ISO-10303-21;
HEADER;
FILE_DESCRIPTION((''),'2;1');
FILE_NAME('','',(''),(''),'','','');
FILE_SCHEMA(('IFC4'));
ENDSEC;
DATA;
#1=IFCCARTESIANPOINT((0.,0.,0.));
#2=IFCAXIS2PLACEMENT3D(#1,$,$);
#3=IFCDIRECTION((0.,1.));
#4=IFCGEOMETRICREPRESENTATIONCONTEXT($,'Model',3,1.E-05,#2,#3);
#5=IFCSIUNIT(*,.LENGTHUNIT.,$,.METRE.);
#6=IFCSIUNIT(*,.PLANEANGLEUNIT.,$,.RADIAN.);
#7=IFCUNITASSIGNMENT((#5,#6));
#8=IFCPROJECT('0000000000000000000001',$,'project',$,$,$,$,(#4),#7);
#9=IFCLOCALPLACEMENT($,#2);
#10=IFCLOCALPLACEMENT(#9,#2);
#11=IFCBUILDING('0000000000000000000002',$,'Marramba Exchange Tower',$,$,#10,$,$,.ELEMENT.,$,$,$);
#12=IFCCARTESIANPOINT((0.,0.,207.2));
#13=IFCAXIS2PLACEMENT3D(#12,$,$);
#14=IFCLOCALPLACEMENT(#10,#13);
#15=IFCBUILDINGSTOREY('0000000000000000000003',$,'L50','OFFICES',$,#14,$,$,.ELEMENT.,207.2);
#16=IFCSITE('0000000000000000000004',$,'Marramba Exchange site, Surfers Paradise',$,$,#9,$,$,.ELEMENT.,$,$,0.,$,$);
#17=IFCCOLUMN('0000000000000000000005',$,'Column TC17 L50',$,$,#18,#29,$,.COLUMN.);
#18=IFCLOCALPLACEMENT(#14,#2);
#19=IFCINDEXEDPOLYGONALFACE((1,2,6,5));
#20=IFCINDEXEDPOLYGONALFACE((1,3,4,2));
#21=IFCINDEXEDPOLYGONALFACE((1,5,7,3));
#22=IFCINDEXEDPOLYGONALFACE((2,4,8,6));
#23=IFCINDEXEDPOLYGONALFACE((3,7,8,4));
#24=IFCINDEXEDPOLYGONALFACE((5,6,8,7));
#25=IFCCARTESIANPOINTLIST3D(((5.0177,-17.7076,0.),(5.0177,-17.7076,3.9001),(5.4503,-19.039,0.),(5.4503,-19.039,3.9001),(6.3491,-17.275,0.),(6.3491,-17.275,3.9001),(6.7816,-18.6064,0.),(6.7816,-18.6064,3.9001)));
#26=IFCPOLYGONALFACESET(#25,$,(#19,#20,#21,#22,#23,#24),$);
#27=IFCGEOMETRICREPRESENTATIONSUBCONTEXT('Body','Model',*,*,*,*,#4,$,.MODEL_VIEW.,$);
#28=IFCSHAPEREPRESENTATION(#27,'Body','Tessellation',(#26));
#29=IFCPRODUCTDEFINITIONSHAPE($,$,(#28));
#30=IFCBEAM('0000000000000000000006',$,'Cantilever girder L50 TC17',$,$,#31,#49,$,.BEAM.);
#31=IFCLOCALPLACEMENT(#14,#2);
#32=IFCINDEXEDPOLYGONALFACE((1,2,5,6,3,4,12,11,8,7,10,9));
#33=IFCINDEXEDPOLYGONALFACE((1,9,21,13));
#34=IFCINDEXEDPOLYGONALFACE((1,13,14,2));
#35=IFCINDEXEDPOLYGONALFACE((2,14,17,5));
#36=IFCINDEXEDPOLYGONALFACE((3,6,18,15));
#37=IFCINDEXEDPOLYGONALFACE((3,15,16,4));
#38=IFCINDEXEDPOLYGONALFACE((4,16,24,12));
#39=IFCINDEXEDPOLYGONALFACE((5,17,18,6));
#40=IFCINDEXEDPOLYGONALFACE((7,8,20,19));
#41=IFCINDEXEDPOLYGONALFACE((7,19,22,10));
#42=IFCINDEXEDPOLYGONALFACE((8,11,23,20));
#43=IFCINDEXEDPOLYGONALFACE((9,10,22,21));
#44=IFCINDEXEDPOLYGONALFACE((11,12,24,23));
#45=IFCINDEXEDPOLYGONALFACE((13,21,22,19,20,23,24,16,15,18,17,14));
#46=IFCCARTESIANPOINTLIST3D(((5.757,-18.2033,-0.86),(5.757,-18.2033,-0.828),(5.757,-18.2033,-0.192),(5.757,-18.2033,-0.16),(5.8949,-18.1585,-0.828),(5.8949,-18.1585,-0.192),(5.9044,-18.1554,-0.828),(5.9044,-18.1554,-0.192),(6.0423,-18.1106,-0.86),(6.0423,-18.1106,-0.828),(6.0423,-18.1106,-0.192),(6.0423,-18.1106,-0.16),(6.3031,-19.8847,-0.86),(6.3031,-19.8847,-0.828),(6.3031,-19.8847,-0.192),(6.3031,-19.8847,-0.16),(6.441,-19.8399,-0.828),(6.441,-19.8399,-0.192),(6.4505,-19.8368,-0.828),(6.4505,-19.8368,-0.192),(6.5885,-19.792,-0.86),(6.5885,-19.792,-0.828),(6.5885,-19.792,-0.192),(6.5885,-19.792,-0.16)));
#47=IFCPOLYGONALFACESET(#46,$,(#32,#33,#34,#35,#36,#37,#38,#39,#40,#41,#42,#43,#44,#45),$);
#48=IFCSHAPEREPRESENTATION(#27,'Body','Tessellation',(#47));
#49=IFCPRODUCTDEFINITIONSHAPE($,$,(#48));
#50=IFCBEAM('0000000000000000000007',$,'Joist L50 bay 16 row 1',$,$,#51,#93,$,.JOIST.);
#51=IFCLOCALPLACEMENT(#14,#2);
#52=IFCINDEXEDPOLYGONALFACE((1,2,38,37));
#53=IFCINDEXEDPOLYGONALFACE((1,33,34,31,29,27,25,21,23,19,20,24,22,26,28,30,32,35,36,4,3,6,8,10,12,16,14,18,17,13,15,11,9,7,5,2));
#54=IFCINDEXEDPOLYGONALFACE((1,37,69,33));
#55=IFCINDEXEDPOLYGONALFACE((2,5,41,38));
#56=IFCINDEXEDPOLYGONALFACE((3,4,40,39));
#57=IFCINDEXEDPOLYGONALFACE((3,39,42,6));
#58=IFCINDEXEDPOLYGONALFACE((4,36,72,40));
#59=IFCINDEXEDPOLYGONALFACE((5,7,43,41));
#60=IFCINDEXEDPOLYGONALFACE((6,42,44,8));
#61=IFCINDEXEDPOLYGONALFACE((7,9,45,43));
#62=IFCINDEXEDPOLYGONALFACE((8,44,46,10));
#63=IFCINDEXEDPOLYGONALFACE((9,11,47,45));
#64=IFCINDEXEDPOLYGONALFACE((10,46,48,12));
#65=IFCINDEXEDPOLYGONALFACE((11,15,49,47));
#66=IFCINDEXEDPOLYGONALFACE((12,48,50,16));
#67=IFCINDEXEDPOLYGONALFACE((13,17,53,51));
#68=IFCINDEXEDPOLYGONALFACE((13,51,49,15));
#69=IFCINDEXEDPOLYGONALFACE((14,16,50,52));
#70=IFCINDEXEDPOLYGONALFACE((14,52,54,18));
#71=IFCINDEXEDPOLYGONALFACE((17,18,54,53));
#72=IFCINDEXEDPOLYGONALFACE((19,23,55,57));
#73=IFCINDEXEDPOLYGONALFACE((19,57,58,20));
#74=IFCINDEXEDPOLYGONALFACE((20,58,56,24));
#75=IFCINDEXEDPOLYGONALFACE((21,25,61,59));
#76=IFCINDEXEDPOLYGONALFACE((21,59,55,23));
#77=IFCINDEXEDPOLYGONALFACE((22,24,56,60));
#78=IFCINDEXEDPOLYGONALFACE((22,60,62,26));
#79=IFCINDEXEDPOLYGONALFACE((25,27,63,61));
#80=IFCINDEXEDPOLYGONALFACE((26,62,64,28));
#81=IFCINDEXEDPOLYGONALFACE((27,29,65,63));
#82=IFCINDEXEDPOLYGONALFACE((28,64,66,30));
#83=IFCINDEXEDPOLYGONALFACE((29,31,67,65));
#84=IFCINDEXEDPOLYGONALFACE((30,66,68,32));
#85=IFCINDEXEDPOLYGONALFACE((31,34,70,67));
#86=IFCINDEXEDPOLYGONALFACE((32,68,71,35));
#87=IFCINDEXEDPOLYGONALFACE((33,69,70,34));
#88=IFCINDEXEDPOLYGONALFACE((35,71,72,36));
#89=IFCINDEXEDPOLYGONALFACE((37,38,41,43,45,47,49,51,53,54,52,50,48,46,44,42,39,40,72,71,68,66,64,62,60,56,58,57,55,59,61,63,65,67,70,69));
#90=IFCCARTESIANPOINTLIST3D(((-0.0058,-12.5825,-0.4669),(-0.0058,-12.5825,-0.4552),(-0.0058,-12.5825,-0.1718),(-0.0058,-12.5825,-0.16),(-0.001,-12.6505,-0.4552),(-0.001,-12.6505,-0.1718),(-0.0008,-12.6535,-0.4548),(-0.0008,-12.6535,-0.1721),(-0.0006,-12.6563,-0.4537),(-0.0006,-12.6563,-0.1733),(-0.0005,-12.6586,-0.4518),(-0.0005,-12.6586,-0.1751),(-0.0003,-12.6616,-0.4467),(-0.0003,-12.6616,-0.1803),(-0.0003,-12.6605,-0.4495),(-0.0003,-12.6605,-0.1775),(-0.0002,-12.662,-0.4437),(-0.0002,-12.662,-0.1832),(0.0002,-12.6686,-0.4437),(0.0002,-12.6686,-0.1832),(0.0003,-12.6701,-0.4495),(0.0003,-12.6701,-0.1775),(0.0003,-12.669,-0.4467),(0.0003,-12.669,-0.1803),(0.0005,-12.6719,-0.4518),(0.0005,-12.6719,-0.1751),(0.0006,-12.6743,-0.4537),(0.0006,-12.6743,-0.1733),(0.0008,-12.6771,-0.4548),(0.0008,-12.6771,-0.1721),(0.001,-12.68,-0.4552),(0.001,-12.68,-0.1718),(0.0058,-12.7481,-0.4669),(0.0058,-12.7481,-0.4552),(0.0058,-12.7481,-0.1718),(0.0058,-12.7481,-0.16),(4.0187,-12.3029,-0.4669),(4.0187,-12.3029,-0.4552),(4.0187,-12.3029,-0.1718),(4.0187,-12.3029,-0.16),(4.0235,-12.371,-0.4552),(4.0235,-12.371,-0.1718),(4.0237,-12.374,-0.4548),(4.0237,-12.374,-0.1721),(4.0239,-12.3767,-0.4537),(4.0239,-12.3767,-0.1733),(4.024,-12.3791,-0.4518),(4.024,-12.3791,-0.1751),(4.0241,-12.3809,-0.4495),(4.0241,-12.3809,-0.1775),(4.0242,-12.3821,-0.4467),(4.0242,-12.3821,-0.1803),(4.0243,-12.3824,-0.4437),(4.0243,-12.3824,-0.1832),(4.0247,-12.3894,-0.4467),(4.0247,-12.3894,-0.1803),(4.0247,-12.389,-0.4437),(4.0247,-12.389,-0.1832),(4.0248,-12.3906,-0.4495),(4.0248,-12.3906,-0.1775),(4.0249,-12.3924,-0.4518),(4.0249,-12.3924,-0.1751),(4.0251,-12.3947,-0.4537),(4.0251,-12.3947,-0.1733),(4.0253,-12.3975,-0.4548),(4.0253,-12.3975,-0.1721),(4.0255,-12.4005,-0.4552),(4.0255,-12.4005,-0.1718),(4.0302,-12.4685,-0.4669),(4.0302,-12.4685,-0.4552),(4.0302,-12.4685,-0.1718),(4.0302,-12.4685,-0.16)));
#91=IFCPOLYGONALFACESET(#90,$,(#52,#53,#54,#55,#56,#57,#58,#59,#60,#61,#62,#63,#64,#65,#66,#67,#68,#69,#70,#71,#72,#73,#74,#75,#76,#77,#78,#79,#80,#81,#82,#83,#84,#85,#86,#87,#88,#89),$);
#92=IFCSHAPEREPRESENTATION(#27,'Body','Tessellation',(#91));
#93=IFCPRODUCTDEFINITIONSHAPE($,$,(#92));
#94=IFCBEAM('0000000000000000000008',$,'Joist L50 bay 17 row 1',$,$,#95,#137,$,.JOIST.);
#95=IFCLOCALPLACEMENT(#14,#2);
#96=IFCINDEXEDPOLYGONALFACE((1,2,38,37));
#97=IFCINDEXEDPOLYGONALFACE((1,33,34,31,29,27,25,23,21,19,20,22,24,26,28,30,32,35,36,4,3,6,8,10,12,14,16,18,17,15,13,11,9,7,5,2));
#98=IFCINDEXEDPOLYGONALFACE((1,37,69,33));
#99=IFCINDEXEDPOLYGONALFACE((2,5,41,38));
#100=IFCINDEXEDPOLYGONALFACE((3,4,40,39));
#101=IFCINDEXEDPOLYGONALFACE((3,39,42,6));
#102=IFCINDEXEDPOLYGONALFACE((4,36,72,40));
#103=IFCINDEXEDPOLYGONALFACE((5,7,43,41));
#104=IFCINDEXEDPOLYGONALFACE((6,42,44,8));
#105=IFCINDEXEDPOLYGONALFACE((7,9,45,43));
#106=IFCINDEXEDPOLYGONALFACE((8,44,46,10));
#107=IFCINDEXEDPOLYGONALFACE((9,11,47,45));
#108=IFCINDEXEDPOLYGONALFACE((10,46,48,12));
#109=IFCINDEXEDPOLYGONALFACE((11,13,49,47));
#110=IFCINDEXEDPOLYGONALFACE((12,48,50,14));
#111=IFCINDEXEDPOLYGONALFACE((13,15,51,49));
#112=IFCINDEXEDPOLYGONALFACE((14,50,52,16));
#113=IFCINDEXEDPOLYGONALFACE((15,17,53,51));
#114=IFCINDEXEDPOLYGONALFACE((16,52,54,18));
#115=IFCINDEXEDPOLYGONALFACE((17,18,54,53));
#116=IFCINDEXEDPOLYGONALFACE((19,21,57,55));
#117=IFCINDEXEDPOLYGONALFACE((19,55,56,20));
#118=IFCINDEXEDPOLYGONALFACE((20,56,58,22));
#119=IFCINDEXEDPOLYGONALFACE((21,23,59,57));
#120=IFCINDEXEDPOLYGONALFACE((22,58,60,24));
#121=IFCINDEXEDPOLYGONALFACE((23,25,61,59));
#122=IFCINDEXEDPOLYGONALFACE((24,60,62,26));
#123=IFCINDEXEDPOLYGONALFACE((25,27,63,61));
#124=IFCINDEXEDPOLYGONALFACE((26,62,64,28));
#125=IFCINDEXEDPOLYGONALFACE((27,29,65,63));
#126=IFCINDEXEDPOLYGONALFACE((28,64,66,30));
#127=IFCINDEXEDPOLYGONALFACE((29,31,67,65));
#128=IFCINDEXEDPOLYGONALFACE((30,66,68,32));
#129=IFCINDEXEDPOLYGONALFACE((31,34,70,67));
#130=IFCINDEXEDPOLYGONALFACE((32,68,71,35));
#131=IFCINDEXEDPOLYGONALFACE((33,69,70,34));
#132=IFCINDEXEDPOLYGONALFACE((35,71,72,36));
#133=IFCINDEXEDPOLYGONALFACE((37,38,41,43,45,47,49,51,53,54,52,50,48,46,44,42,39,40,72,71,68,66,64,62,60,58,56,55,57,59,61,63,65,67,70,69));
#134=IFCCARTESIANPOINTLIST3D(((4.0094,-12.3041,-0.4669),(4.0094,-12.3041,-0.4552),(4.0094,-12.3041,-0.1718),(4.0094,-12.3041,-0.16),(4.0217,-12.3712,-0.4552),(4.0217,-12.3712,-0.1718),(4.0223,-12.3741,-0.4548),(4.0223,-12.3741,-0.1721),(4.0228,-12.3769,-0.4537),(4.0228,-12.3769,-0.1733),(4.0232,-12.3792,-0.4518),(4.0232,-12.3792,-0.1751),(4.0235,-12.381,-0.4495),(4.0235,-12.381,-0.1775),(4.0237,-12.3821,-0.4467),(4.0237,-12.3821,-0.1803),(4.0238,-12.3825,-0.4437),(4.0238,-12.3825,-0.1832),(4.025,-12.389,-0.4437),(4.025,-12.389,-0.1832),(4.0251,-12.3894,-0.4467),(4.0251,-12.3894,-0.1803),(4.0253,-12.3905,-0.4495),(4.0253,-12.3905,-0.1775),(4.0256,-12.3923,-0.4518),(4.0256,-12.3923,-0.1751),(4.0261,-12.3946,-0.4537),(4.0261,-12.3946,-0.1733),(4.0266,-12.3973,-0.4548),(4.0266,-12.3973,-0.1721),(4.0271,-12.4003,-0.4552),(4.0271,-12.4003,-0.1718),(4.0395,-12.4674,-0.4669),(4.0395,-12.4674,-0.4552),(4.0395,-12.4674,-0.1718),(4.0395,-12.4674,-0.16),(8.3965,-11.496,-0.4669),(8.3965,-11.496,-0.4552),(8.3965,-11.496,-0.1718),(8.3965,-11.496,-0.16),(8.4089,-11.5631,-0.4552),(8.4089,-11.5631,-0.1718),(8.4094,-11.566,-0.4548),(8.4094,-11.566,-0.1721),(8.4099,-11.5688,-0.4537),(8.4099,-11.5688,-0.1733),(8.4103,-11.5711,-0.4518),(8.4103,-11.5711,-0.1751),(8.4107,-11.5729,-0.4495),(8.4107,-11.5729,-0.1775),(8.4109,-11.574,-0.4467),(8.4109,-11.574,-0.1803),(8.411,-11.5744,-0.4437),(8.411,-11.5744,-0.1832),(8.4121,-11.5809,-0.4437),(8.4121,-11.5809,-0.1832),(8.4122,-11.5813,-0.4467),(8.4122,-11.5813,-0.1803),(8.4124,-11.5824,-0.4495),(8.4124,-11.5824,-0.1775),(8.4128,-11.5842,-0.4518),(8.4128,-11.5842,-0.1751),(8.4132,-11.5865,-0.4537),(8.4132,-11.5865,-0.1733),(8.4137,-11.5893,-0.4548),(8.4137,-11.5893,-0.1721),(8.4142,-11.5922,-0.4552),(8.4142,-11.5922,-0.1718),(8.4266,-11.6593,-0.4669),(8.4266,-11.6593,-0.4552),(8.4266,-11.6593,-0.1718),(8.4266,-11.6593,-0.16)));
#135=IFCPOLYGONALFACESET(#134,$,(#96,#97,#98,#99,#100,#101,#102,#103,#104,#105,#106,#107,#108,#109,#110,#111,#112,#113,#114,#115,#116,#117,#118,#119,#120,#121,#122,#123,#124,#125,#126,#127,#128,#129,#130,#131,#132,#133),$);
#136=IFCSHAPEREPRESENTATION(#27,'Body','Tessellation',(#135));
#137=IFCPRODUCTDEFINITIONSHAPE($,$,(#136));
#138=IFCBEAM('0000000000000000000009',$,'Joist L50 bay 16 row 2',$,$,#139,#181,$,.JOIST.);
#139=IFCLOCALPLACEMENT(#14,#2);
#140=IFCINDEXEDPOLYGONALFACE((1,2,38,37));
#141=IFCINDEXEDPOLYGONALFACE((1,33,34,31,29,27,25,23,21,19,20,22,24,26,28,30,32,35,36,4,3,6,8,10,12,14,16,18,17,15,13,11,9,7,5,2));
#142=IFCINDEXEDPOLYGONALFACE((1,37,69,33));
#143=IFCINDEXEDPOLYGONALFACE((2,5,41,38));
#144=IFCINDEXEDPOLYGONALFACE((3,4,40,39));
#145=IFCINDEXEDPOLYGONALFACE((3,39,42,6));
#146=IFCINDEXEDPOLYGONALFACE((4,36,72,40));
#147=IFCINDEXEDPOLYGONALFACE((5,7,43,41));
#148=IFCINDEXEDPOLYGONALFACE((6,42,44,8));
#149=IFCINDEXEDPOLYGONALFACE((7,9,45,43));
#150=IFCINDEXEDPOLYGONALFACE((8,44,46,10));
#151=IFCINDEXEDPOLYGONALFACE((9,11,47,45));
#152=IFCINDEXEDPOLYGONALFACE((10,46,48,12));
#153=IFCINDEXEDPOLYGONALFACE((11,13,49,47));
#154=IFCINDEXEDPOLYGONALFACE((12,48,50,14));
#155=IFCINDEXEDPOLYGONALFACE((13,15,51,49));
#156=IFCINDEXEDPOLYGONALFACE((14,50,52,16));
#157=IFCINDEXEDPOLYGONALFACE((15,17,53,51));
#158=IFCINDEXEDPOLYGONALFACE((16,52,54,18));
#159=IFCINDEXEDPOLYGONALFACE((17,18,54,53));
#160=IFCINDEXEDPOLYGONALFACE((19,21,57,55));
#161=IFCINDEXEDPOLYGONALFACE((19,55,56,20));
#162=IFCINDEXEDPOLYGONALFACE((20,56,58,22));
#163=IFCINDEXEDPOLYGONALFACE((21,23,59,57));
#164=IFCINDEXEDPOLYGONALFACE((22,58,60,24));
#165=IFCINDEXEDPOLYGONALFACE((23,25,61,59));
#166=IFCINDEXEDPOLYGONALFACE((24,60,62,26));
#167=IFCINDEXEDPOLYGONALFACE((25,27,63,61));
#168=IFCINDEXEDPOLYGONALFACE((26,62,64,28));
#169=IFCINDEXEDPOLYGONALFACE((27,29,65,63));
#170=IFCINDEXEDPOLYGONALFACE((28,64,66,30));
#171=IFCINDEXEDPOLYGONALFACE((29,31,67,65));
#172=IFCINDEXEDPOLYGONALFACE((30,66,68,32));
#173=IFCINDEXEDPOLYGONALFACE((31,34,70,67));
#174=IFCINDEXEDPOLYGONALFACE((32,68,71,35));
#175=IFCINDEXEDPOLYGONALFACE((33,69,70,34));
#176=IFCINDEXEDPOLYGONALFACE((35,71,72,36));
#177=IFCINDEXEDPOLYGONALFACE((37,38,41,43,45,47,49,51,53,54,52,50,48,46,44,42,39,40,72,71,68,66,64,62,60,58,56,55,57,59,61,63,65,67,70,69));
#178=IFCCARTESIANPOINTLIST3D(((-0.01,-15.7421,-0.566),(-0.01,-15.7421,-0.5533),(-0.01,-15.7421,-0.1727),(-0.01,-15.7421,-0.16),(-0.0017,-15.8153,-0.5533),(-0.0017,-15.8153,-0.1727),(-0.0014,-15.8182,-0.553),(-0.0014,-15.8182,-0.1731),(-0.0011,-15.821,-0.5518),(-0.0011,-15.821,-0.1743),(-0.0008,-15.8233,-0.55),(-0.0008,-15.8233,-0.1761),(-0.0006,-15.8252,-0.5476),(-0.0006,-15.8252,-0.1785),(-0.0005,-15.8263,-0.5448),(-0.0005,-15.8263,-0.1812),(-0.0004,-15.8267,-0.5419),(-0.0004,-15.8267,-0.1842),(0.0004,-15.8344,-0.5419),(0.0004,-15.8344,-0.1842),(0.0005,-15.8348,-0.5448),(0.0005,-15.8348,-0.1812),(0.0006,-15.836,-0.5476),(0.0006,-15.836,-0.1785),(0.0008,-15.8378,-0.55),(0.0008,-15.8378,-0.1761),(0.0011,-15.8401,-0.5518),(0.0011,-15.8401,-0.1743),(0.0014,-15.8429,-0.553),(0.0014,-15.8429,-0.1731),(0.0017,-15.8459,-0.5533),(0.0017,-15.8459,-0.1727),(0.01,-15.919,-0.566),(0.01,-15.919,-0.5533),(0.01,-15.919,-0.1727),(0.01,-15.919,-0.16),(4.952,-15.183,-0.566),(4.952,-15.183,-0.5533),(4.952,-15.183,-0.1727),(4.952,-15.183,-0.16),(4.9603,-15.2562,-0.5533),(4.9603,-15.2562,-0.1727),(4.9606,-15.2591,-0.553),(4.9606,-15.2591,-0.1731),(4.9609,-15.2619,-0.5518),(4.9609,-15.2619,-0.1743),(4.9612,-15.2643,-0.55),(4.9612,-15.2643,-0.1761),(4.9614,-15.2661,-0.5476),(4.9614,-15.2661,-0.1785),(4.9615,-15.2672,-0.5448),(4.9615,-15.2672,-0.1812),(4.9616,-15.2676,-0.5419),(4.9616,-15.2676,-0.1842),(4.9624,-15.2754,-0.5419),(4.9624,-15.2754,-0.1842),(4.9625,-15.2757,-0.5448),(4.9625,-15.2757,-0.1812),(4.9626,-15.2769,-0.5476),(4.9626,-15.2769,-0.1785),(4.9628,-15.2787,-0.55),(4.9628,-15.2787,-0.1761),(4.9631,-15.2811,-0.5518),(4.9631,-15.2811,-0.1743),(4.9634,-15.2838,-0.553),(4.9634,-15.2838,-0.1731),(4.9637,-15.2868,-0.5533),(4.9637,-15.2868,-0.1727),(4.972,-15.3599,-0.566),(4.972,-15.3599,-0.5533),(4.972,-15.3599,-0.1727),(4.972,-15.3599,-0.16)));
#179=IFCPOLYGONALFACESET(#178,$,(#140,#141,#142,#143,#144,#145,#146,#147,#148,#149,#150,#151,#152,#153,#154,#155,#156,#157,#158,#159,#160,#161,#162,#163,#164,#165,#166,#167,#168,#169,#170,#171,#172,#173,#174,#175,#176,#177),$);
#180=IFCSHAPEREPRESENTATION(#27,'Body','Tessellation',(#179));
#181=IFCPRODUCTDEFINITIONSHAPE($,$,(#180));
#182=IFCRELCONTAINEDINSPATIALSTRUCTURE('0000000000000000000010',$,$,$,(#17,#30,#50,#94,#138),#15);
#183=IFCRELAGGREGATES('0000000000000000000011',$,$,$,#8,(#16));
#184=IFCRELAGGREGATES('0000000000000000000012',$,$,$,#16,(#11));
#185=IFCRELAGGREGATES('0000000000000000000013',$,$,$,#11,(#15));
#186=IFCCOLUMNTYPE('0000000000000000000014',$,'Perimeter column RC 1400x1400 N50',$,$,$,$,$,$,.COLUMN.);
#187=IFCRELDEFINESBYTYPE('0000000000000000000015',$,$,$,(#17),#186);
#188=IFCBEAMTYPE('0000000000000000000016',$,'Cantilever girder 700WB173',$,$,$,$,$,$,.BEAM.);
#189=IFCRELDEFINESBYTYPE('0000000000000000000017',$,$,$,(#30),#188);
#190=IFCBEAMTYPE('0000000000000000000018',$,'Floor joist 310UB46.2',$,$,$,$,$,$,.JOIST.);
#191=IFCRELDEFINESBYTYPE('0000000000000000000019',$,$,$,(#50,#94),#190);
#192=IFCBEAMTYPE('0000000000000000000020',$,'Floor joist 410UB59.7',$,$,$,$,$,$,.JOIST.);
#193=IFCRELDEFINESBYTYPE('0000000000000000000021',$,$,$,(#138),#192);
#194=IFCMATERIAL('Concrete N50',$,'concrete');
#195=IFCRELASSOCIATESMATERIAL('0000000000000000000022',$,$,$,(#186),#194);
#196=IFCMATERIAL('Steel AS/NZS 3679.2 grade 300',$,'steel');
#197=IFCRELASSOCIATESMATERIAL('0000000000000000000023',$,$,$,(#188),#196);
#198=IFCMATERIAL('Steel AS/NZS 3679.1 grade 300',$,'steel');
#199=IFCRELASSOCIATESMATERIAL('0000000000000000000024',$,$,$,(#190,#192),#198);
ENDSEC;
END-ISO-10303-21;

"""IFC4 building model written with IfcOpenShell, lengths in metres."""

from ifc_helpers import new_model, si_unit, direction, frame, origin, origin_2d, place, context, subcontext, project, spatial, rectangle, i_section, extrude, material, material_profile, profile_set, type_object, element, save


model = new_model("IFC4")

# Units and contexts
model_context = context("Model", 3, precision=1e-05, world=origin(), true_north=direction((0.0, 1.0)))
body_context = subcontext(model_context, "Body", "Model", "MODEL_VIEW")
ifc_project = project(units=[si_unit("LENGTHUNIT", "METRE"), si_unit("PLANEANGLEUNIT", "RADIAN")], contexts=[model_context])

# Site, building, storey
site_placement = place(None, origin())
site = spatial("IfcSite", under=ifc_project, at=site_placement, Name="Marramba Exchange site, Surfers Paradise", CompositionType="ELEMENT", RefElevation=0.0)
building_placement = place(site_placement, origin())
building = spatial("IfcBuilding", under=site, at=building_placement, Name="Marramba Exchange Tower", CompositionType="ELEMENT")
storey_placement = place(building_placement, frame((0.0, 0.0, 207.2)))
storey = spatial("IfcBuildingStorey", under=building, at=storey_placement, Name="L50", Description="OFFICES", CompositionType="ELEMENT", Elevation=207.2)

# Column
ifc_material_1 = material(Name="Concrete N50", Category="concrete")
ifc_material_profile_1 = material_profile(ifc_material_1, rectangle(XDim=1.3999, YDim=1.3999, at=origin_2d()), Name="RC 1400x1400")
ifc_profile_set_1 = profile_set([ifc_material_profile_1], Name="Concrete N50")
column_type = type_object("IfcColumnType", Name="Perimeter column RC 1400x1400 N50", PredefinedType="COLUMN", material=ifc_profile_set_1)
column_placement = place(storey_placement, frame((5.8997, -18.157, 0.0), z_axis=(0.0, 0.0, 1.0), x_axis=(0.309017, -0.951057, 0.0)))
element("IfcColumn", 1, at=column_placement, inside=storey, type_object=column_type, Name="Column TC17 L50", PredefinedType="COLUMN", context=body_context, shape_type="SweptSolid", body=[
    extrude(rectangle(XDim=1.3999, YDim=1.3999, at=origin_2d()), origin(), (0.0, 0.0, 1.0), 3.9001),
])

# Beams
ifc_material_2 = material(Name="Steel AS/NZS 3679.2 grade 300", Category="steel")
ifc_material_profile_2 = material_profile(ifc_material_2, i_section(OverallWidth=0.3, OverallDepth=0.7, WebThickness=0.01, FlangeThickness=0.032, at=origin_2d()), Name="700WB173")
ifc_profile_set_2 = profile_set([ifc_material_profile_2], Name="Steel AS/NZS 3679.2 grade 300")
beam_type_1 = type_object("IfcBeamType", Name="Cantilever girder 700WB173", PredefinedType="BEAM", material=ifc_profile_set_2)
beam_1_placement = place(storey_placement, frame((5.8997, -18.157, -0.51), z_axis=(0.308927, -0.951086, 0.0), x_axis=(0.951086, 0.308927, 0.0)))
element("IfcBeam", 2, at=beam_1_placement, inside=storey, type_object=beam_type_1, Name="Cantilever girder L50 TC17", PredefinedType="BEAM", context=body_context, shape_type="SweptSolid", body=[
    extrude(i_section(OverallWidth=0.3, OverallDepth=0.7, WebThickness=0.01, FlangeThickness=0.032, at=origin_2d()), origin(), (0.0, 0.0, 1.0), 1.7678),
])
ifc_material_3 = material(Name="Steel AS/NZS 3679.1 grade 300", Category="steel")
ifc_material_profile_3 = material_profile(ifc_material_3, i_section(OverallWidth=0.166, OverallDepth=0.3069, WebThickness=0.0066, FlangeThickness=0.0117, FilletRadius=0.0115, at=origin_2d()), Name="310UB46.2")
ifc_profile_set_3 = profile_set([ifc_material_profile_3], Name="Steel AS/NZS 3679.1 grade 300")
beam_type_2 = type_object("IfcBeamType", Name="Floor joist 310UB46.2", PredefinedType="JOIST", material=ifc_profile_set_3)
beam_2_placement = place(storey_placement, frame((0.0, -12.6653, -0.3135), z_axis=(0.997596, 0.069294, 0.0), x_axis=(-0.069294, 0.997596, 0.0)))
element("IfcBeam", 3, at=beam_2_placement, inside=storey, type_object=beam_type_2, Name="Joist L50 bay 16 row 1", PredefinedType="JOIST", context=body_context, shape_type="SweptSolid", body=[
    extrude(i_section(OverallWidth=0.166, OverallDepth=0.3069, WebThickness=0.0066, FlangeThickness=0.0117, FilletRadius=0.0115, at=origin_2d()), origin(), (0.0, 0.0, 1.0), 4.0342),
])
beam_3_placement = place(storey_placement, frame((4.0244, -12.3857, -0.3135), z_axis=(0.983456, 0.181149, 0.0), x_axis=(-0.181149, 0.983456, 0.0)))
element("IfcBeam", 4, at=beam_3_placement, inside=storey, type_object=beam_type_2, Name="Joist L50 bay 17 row 1", PredefinedType="JOIST", context=body_context, shape_type="SweptSolid", body=[
    extrude(i_section(OverallWidth=0.166, OverallDepth=0.3069, WebThickness=0.0066, FlangeThickness=0.0117, FilletRadius=0.0115, at=origin_2d()), origin(), (0.0, 0.0, 1.0), 4.4609),
])
ifc_material_profile_4 = material_profile(ifc_material_3, i_section(OverallWidth=0.178, OverallDepth=0.406, WebThickness=0.0078, FlangeThickness=0.0127, FilletRadius=0.0115, at=origin_2d()), Name="410UB59.7")
ifc_profile_set_4 = profile_set([ifc_material_profile_4], Name="Steel AS/NZS 3679.1 grade 300")
beam_type_3 = type_object("IfcBeamType", Name="Floor joist 410UB59.7", PredefinedType="JOIST", material=ifc_profile_set_4)
beam_4_placement = place(storey_placement, frame((0.0, -15.8306, -0.363), z_axis=(0.993712, 0.111966, 0.0), x_axis=(-0.111966, 0.993712, 0.0)))
element("IfcBeam", 5, at=beam_4_placement, inside=storey, type_object=beam_type_3, Name="Joist L50 bay 16 row 2", PredefinedType="JOIST", context=body_context, shape_type="SweptSolid", body=[
    extrude(i_section(OverallWidth=0.178, OverallDepth=0.406, WebThickness=0.0078, FlangeThickness=0.0127, FilletRadius=0.0115, at=origin_2d()), origin(), (0.0, 0.0, 1.0), 4.9934),
])

save(model, "model.ifc")
